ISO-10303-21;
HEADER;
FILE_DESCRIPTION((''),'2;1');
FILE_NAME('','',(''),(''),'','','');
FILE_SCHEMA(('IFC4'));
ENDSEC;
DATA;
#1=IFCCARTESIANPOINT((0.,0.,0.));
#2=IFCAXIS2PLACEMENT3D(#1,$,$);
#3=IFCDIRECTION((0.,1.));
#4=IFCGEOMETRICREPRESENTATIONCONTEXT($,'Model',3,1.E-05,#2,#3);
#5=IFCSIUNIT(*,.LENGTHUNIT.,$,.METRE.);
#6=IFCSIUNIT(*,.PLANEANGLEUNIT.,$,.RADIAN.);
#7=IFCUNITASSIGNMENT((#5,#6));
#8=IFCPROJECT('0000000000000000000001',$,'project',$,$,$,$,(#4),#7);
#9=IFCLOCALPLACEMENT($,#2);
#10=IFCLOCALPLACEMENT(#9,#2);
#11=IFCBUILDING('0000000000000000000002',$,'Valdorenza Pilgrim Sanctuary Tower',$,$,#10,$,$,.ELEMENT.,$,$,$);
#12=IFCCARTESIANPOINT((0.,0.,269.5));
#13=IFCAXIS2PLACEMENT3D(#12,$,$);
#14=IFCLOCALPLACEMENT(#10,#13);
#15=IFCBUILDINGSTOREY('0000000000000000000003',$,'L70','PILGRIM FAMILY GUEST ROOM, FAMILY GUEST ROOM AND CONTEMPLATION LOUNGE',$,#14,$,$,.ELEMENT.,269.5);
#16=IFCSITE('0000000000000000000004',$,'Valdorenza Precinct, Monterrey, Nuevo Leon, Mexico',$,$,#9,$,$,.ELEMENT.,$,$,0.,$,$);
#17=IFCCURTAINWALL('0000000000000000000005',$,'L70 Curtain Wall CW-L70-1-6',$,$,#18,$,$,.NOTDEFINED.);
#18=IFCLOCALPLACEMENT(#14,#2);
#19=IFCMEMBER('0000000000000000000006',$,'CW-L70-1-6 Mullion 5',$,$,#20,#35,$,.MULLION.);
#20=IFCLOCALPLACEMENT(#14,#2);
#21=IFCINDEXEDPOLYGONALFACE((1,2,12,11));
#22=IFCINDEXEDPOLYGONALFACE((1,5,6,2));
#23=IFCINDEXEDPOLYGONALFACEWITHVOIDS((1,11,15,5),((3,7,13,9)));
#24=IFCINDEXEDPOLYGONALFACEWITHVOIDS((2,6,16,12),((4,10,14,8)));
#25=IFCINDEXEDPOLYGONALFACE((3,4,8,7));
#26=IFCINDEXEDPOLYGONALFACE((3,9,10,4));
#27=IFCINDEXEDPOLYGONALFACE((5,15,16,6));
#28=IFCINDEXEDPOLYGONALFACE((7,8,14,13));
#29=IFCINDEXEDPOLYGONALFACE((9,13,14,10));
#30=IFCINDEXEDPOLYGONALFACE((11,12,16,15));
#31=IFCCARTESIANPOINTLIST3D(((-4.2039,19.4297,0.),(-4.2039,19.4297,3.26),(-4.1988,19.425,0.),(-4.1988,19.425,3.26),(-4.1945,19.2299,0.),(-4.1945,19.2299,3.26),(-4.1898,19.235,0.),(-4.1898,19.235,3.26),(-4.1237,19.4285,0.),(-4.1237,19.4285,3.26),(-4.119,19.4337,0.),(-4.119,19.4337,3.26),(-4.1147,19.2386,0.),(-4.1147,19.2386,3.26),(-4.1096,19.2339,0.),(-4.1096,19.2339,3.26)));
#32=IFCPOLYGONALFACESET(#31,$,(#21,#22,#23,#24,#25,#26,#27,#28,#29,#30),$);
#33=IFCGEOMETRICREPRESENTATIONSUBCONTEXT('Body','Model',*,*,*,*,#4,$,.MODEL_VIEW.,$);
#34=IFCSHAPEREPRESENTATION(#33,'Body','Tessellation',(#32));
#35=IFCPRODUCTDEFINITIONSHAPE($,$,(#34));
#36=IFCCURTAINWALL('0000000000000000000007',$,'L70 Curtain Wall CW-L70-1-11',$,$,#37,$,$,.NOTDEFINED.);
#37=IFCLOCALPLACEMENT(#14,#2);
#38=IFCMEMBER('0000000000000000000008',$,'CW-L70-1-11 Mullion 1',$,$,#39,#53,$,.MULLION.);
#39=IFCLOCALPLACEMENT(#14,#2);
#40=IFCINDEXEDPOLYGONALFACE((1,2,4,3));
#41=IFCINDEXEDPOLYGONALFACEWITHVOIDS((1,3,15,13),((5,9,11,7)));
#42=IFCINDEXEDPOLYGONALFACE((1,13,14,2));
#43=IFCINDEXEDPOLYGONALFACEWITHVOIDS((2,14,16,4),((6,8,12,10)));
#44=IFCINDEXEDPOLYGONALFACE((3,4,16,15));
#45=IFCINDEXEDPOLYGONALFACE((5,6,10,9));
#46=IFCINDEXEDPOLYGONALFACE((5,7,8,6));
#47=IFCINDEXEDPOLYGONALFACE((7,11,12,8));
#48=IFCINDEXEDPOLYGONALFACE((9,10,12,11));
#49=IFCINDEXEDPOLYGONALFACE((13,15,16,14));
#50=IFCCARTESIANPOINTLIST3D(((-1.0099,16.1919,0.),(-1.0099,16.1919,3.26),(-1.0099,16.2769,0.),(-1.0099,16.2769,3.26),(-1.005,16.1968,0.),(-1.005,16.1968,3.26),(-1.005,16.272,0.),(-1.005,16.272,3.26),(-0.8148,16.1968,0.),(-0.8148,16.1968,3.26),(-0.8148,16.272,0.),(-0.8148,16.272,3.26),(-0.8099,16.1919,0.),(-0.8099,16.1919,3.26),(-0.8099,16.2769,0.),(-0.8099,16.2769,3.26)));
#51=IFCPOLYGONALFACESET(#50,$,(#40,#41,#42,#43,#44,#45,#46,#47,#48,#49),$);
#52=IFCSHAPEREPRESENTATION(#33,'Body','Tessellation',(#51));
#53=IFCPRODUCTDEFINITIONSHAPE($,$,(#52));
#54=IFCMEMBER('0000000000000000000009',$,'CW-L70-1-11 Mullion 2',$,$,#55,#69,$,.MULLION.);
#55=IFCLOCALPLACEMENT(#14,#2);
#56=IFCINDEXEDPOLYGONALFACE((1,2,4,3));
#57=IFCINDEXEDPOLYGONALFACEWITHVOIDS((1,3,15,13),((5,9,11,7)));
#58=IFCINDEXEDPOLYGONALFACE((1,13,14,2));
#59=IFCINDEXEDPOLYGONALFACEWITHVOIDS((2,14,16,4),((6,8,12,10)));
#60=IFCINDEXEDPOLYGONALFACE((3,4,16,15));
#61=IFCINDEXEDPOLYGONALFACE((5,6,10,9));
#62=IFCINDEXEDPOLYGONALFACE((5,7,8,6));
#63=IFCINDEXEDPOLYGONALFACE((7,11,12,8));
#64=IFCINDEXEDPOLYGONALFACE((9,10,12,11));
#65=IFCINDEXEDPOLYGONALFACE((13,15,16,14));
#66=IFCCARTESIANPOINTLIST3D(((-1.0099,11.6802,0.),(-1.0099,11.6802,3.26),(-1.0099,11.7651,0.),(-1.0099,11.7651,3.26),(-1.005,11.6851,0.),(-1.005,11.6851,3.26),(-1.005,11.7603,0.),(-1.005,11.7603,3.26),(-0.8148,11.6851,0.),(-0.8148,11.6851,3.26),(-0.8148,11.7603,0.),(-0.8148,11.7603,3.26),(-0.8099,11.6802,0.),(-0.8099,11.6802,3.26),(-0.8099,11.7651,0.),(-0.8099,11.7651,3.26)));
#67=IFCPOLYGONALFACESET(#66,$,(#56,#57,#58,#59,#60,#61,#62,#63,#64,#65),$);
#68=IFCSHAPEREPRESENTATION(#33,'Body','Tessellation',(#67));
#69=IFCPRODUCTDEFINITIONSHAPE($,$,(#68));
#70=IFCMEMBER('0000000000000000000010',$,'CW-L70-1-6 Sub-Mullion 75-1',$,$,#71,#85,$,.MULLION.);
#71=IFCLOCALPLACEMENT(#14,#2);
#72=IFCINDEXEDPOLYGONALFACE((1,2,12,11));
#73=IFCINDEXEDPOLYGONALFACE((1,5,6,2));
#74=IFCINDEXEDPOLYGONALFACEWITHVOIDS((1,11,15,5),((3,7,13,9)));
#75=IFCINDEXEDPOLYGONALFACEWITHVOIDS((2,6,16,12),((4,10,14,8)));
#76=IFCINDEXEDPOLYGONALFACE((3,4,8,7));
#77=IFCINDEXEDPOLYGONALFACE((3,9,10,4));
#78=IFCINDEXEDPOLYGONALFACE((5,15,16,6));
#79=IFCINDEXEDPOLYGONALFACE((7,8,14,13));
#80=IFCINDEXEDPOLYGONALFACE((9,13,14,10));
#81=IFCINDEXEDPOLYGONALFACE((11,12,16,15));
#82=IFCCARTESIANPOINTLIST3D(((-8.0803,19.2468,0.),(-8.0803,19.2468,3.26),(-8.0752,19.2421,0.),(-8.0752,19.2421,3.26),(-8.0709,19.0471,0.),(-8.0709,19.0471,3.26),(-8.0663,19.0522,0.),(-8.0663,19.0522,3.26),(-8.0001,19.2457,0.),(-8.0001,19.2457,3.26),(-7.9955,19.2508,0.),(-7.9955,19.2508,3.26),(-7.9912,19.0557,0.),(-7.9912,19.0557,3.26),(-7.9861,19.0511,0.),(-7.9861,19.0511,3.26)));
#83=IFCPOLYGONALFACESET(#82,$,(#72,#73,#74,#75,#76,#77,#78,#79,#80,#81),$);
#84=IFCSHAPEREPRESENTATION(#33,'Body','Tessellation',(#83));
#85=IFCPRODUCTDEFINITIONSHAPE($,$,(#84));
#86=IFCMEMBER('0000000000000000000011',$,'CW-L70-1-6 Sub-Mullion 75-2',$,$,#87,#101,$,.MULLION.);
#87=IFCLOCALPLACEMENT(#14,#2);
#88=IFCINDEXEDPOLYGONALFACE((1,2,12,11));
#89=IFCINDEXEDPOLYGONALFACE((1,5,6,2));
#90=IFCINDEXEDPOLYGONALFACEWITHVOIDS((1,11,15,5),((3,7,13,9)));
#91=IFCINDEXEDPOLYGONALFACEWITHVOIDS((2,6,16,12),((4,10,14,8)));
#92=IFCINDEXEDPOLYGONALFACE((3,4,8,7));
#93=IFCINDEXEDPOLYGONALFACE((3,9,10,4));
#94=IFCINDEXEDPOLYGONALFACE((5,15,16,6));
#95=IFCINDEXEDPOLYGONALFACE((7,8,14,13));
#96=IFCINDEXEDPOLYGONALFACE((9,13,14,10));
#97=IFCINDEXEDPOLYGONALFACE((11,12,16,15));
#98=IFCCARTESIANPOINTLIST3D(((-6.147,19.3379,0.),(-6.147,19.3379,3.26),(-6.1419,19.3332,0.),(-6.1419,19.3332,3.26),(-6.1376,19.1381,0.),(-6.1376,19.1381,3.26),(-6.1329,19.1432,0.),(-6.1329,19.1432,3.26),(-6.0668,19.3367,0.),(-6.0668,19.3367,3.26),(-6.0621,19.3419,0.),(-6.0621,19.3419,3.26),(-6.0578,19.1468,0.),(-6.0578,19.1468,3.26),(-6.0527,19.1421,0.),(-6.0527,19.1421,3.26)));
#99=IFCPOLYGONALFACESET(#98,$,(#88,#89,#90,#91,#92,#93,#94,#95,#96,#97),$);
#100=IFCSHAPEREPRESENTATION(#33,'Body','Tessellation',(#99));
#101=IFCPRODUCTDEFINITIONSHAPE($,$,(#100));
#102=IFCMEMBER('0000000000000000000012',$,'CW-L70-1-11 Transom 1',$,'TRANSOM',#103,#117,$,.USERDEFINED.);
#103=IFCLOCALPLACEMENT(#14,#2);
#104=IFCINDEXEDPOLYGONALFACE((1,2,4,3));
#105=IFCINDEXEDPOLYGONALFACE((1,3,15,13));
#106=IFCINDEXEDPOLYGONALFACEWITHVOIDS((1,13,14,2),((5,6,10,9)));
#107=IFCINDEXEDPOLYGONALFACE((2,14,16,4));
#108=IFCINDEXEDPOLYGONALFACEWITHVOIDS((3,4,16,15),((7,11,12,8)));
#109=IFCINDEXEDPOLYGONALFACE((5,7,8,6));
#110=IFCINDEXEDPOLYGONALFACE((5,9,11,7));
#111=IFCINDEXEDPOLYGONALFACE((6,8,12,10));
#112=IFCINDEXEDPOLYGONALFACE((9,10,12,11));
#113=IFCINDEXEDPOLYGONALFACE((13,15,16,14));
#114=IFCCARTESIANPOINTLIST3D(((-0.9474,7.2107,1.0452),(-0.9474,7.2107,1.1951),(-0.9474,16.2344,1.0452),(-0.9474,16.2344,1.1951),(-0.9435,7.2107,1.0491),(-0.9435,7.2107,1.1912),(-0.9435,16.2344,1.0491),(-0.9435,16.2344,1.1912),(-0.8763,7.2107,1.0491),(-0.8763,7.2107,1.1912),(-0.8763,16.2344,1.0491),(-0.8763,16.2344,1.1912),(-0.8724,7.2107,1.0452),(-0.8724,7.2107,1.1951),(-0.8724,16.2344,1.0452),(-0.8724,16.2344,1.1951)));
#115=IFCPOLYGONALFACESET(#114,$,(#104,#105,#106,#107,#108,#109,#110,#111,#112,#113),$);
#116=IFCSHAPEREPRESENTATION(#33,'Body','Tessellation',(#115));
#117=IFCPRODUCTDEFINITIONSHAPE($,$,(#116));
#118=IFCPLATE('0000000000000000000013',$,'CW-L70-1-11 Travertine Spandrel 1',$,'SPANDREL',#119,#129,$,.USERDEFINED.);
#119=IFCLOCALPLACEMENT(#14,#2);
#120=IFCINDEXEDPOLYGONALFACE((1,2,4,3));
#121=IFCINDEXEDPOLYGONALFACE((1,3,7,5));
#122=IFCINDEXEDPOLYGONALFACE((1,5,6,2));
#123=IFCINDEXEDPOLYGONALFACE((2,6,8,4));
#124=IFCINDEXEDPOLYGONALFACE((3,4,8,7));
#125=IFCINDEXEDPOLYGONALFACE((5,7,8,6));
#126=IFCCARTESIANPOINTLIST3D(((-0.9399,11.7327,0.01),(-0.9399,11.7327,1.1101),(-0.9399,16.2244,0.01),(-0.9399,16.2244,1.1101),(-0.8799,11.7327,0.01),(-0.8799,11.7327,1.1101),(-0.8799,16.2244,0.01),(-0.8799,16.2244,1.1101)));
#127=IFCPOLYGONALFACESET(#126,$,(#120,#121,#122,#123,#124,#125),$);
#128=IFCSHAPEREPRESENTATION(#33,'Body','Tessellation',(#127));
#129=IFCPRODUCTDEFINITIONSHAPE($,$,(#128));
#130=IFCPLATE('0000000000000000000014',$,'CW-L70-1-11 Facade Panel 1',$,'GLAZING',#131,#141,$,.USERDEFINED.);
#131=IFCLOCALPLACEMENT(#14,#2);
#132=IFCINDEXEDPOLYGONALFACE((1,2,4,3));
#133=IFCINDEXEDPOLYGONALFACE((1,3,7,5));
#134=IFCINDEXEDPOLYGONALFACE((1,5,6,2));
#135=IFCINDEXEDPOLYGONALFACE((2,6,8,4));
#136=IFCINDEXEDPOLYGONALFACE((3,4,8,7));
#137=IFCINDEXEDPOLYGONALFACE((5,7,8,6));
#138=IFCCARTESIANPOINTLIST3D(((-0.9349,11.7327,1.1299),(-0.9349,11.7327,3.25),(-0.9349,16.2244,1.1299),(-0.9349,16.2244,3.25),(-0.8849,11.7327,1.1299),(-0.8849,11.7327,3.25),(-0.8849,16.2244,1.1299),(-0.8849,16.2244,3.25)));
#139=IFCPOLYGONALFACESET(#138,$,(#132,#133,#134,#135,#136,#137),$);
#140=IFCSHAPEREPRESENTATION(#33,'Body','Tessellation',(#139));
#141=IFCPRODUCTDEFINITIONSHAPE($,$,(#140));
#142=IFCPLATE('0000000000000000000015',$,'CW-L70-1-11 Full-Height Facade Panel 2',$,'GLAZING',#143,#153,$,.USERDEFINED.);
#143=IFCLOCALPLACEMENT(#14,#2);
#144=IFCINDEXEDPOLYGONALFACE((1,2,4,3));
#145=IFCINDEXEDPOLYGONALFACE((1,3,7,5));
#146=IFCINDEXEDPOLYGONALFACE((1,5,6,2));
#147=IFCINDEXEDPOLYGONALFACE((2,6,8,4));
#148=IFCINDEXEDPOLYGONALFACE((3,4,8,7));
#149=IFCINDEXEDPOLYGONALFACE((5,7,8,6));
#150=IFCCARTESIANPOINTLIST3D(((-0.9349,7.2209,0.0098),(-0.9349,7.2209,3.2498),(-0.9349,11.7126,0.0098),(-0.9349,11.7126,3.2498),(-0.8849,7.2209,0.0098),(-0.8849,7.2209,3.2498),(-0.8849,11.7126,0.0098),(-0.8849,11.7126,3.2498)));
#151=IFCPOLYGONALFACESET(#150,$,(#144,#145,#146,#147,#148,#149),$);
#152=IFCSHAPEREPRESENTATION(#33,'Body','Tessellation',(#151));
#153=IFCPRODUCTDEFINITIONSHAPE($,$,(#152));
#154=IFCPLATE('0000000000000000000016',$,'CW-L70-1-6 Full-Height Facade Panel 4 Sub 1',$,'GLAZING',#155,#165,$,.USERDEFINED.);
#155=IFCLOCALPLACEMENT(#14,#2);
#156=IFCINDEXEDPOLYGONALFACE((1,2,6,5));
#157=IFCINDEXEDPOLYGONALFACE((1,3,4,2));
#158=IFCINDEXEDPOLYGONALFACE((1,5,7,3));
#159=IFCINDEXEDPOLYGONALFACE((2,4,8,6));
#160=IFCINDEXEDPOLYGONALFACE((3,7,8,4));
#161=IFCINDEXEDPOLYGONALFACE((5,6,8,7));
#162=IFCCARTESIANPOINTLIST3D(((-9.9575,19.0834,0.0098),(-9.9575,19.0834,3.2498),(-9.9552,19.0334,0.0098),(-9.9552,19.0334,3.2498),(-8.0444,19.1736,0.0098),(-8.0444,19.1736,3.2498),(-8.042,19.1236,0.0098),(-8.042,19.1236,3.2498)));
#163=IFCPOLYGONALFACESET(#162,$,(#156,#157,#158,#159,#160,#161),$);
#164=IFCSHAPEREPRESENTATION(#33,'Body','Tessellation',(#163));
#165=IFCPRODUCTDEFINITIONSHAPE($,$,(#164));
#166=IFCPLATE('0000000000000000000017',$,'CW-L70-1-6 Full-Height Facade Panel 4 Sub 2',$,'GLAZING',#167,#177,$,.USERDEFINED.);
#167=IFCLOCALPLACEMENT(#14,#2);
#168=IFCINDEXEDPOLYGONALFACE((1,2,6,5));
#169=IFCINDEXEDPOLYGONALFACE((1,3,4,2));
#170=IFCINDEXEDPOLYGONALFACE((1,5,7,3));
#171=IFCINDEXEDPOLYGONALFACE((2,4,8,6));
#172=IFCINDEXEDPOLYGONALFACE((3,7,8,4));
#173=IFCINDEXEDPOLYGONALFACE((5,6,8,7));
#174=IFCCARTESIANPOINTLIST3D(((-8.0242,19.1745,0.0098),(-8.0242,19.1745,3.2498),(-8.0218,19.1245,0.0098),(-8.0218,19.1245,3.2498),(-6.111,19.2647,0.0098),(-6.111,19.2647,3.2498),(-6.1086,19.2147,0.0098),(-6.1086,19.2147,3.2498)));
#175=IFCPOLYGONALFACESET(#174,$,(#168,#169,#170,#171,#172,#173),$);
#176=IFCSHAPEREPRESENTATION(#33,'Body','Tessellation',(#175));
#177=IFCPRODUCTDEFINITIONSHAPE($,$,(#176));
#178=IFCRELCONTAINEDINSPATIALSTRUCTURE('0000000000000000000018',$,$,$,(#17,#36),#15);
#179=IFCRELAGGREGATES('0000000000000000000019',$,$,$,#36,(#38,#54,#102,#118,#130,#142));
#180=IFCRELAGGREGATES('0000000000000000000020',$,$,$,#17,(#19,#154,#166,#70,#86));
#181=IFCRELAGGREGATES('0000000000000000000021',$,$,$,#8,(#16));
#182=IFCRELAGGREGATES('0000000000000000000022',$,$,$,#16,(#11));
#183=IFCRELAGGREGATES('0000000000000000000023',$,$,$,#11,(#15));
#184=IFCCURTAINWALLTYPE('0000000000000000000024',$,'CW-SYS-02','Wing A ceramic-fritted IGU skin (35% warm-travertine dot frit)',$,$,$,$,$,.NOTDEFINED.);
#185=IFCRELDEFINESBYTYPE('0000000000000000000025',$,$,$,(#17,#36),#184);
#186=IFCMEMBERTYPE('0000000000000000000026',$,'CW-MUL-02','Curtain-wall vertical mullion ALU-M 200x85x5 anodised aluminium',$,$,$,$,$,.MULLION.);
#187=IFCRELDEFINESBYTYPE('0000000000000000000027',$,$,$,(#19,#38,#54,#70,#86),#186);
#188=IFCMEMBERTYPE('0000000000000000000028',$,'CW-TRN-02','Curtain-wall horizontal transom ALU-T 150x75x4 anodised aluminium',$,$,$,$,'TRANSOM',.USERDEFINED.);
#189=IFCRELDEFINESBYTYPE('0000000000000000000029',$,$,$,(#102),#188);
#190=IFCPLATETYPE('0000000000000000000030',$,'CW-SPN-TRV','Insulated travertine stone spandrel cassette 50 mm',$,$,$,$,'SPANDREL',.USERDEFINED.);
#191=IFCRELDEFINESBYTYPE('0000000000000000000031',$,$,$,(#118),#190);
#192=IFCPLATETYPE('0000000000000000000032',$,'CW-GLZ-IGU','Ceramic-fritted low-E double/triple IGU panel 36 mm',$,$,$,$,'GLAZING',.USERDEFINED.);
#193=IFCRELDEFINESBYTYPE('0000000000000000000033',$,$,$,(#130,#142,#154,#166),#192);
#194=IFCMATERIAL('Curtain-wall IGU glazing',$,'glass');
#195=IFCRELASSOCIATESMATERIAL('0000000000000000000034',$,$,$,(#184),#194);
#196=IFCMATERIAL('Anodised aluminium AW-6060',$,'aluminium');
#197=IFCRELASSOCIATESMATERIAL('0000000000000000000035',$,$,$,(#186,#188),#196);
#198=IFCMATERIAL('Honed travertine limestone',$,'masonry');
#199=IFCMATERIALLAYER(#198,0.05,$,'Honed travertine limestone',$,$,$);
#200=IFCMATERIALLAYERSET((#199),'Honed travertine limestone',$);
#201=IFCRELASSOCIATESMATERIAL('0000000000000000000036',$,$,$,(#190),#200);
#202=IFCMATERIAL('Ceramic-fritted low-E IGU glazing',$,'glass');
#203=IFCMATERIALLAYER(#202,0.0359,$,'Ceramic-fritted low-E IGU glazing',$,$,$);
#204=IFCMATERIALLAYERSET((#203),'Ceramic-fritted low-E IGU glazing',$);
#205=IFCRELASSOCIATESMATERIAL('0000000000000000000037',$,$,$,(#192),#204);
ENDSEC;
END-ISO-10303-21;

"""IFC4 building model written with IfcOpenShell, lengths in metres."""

from ifc_helpers import new_model, si_unit, direction, frame, origin, origin_2d, place, context, subcontext, project, spatial, rectangle, hollow_rectangle, extrude, source, transform, mapped, material, layer, layer_set, material_profile, profile_set, type_object, element, aggregate, save


model = new_model("IFC4")

# Units and contexts
model_context = context("Model", 3, precision=1e-05, world=origin(), true_north=direction((0.0, 1.0)))
body_context = subcontext(model_context, "Body", "Model", "MODEL_VIEW")
ifc_project = project(units=[si_unit("LENGTHUNIT", "METRE"), si_unit("PLANEANGLEUNIT", "RADIAN")], contexts=[model_context])

# Site, building, storey
site_placement = place(None, origin())
site = spatial("IfcSite", under=ifc_project, at=site_placement, Name="Valdorenza Precinct, Monterrey, Nuevo Leon, Mexico", CompositionType="ELEMENT", RefElevation=0.0)
building_placement = place(site_placement, origin())
building = spatial("IfcBuilding", under=site, at=building_placement, Name="Valdorenza Pilgrim Sanctuary Tower", CompositionType="ELEMENT")
storey_placement = place(building_placement, frame((0.0, 0.0, 269.5)))
storey = spatial("IfcBuildingStorey", under=building, at=storey_placement, Name="L70", Description="PILGRIM FAMILY GUEST ROOM, FAMILY GUEST ROOM AND CONTEMPLATION LOUNGE", CompositionType="ELEMENT", Elevation=269.5)

# Curtain wall, member
ifc_material_1 = material(Name="Curtain-wall IGU glazing", Category="glass")
curtain_wall_type = type_object("IfcCurtainWallType", Name="CW-SYS-02", Description="Wing A ceramic-fritted IGU skin (35% warm-travertine dot frit)", PredefinedType="NOTDEFINED", material=ifc_material_1)
curtain_wall_1_placement = place(storey_placement, origin())
curtain_wall_1 = element("IfcCurtainWall", 1, at=curtain_wall_1_placement, inside=storey, type_object=curtain_wall_type, Name="L70 Curtain Wall CW-L70-1-6", PredefinedType="NOTDEFINED")
ifc_material_2 = material(Name="Anodised aluminium AW-6060", Category="aluminium")
ifc_material_profile_1 = material_profile(ifc_material_2, hollow_rectangle(XDim=0.085, YDim=0.2, WallThickness=0.0049, at=origin_2d()), Name="ALU-M 200x85x5")
ifc_profile_set_1 = profile_set([ifc_material_profile_1], Name="Anodised aluminium AW-6060")
member_type_1 = type_object("IfcMemberType", Name="CW-MUL-02", Description="Curtain-wall vertical mullion ALU-M 200x85x5 anodised aluminium", PredefinedType="MULLION", material=ifc_profile_set_1)
shared_shape_1 = source(origin(), body_context, "Body", "SweptSolid", [
    extrude(hollow_rectangle(XDim=0.085, YDim=0.2, WallThickness=0.0049, at=origin_2d()), origin(), (0.0, 0.0, 1.0), 3.26),
])
member_1_placement = place(storey_placement, frame((-4.1567, 19.3318, 0.0), z_axis=(0.0, 0.0, 1.0), x_axis=(0.998891, 0.047089, 0.0)))
member_1 = element("IfcMember", 2, at=member_1_placement, type_object=member_type_1, Name="CW-L70-1-6 Mullion 5", PredefinedType="MULLION", context=body_context, shape_type="MappedRepresentation", body=[
    mapped(shared_shape_1, transform((0.0, 0.0, 0.0), x_axis=(1.0, 0.0, 0.0), y_axis=(0.0, 1.0, 0.0), z_axis=(0.0, 0.0, 1.0), scale=1.0)),
])

# Curtain wall, members
curtain_wall_2_placement = place(storey_placement, origin())
curtain_wall_2 = element("IfcCurtainWall", 3, at=curtain_wall_2_placement, inside=storey, type_object=curtain_wall_type, Name="L70 Curtain Wall CW-L70-1-11", PredefinedType="NOTDEFINED")
member_2_placement = place(storey_placement, frame((-0.9099, 16.2344, 0.0), z_axis=(0.0, 0.0, 1.0), x_axis=(0.0, -1.0, 0.0)))
member_2 = element("IfcMember", 4, at=member_2_placement, type_object=member_type_1, Name="CW-L70-1-11 Mullion 1", PredefinedType="MULLION", context=body_context, shape_type="MappedRepresentation", body=[
    mapped(shared_shape_1, transform((0.0, 0.0, 0.0), x_axis=(1.0, 0.0, 0.0), y_axis=(0.0, 1.0, 0.0), z_axis=(0.0, 0.0, 1.0), scale=1.0)),
])
member_3_placement = place(storey_placement, frame((-0.9099, 11.7227, 0.0), z_axis=(0.0, 0.0, 1.0), x_axis=(0.0, -1.0, 0.0)))
member_3 = element("IfcMember", 5, at=member_3_placement, type_object=member_type_1, Name="CW-L70-1-11 Mullion 2", PredefinedType="MULLION", context=body_context, shape_type="MappedRepresentation", body=[
    mapped(shared_shape_1, transform((0.0, 0.0, 0.0), x_axis=(1.0, 0.0, 0.0), y_axis=(0.0, 1.0, 0.0), z_axis=(0.0, 0.0, 1.0), scale=1.0)),
])

# Members
member_4_placement = place(storey_placement, frame((-8.0332, 19.1489, 0.0), z_axis=(0.0, 0.0, 1.0), x_axis=(0.998891, 0.047089, 0.0)))
member_4 = element("IfcMember", 6, at=member_4_placement, type_object=member_type_1, Name="CW-L70-1-6 Sub-Mullion 75-1", PredefinedType="MULLION", context=body_context, shape_type="MappedRepresentation", body=[
    mapped(shared_shape_1, transform((0.0, 0.0, 0.0), x_axis=(1.0, 0.0, 0.0), y_axis=(0.0, 1.0, 0.0), z_axis=(0.0, 0.0, 1.0), scale=1.0)),
])
member_5_placement = place(storey_placement, frame((-6.0999, 19.24, 0.0), z_axis=(0.0, 0.0, 1.0), x_axis=(0.998891, 0.047089, 0.0)))
member_5 = element("IfcMember", 7, at=member_5_placement, type_object=member_type_1, Name="CW-L70-1-6 Sub-Mullion 75-2", PredefinedType="MULLION", context=body_context, shape_type="MappedRepresentation", body=[
    mapped(shared_shape_1, transform((0.0, 0.0, 0.0), x_axis=(1.0, 0.0, 0.0), y_axis=(0.0, 1.0, 0.0), z_axis=(0.0, 0.0, 1.0), scale=1.0)),
])
ifc_material_profile_2 = material_profile(ifc_material_2, hollow_rectangle(XDim=0.075, YDim=0.1499, WallThickness=0.0039, at=origin_2d()), Name="ALU-T 150x75x4")
ifc_profile_set_2 = profile_set([ifc_material_profile_2], Name="Anodised aluminium AW-6060")
member_type_2 = type_object("IfcMemberType", Name="CW-TRN-02", Description="Curtain-wall horizontal transom ALU-T 150x75x4 anodised aluminium", ElementType="TRANSOM", PredefinedType="USERDEFINED", material=ifc_profile_set_2)
shared_shape_2 = source(origin(), body_context, "Body", "SweptSolid", [
    extrude(hollow_rectangle(XDim=0.075, YDim=0.1499, WallThickness=0.0039, at=origin_2d()), origin(), (0.0, 0.0, 1.0), 9.0237),
])
member_6_placement = place(storey_placement, frame((-0.9099, 16.2344, 1.1201), z_axis=(0.0, -1.0, 0.0), x_axis=(1.0, 0.0, 0.0)))
member_6 = element("IfcMember", 8, at=member_6_placement, type_object=member_type_2, Name="CW-L70-1-11 Transom 1", ObjectType="TRANSOM", PredefinedType="USERDEFINED", context=body_context, shape_type="MappedRepresentation", body=[
    mapped(shared_shape_2, transform((0.0, 0.0, 0.0), x_axis=(1.0, 0.0, 0.0), y_axis=(0.0, 1.0, 0.0), z_axis=(0.0, 0.0, 1.0), scale=1.0)),
])

# Plates
ifc_material_3 = material(Name="Honed travertine limestone", Category="masonry")
ifc_layer_1 = layer(ifc_material_3, 0.05, Name="Honed travertine limestone")
ifc_layer_set_1 = layer_set([ifc_layer_1], Name="Honed travertine limestone")
plate_type_1 = type_object("IfcPlateType", Name="CW-SPN-TRV", Description="Insulated travertine stone spandrel cassette 50 mm", ElementType="SPANDREL", PredefinedType="USERDEFINED", material=ifc_layer_set_1)
shared_shape_3 = source(origin(), body_context, "Body", "SweptSolid", [
    extrude(rectangle(XDim=4.4917, YDim=0.0601, at=origin_2d()), origin(), (0.0, 0.0, 1.0), 1.1001),
])
plate_1_placement = place(storey_placement, frame((-0.9099, 13.9785, 0.01), z_axis=(0.0, 0.0, 1.0), x_axis=(0.0, -1.0, 0.0)))
plate_1 = element("IfcPlate", 9, at=plate_1_placement, type_object=plate_type_1, Name="CW-L70-1-11 Travertine Spandrel 1", ObjectType="SPANDREL", PredefinedType="USERDEFINED", context=body_context, shape_type="MappedRepresentation", body=[
    mapped(shared_shape_3, transform((0.0, 0.0, 0.0), x_axis=(1.0, 0.0, 0.0), y_axis=(0.0, 1.0, 0.0), z_axis=(0.0, 0.0, 1.0), scale=1.0)),
])
ifc_material_4 = material(Name="Ceramic-fritted low-E IGU glazing", Category="glass")
ifc_layer_2 = layer(ifc_material_4, 0.0359, Name="Ceramic-fritted low-E IGU glazing")
ifc_layer_set_2 = layer_set([ifc_layer_2], Name="Ceramic-fritted low-E IGU glazing")
plate_type_2 = type_object("IfcPlateType", Name="CW-GLZ-IGU", Description="Ceramic-fritted low-E double/triple IGU panel 36 mm", ElementType="GLAZING", PredefinedType="USERDEFINED", material=ifc_layer_set_2)
shared_shape_4 = source(origin(), body_context, "Body", "SweptSolid", [
    extrude(rectangle(XDim=4.4917, YDim=0.05, at=origin_2d()), origin(), (0.0, 0.0, 1.0), 2.1201),
])
plate_2_placement = place(storey_placement, frame((-0.9099, 13.9785, 1.1299), z_axis=(0.0, 0.0, 1.0), x_axis=(0.0, -1.0, 0.0)))
plate_2 = element("IfcPlate", 10, at=plate_2_placement, type_object=plate_type_2, Name="CW-L70-1-11 Facade Panel 1", ObjectType="GLAZING", PredefinedType="USERDEFINED", context=body_context, shape_type="MappedRepresentation", body=[
    mapped(shared_shape_4, transform((0.0, 0.0, 0.0), x_axis=(1.0, 0.0, 0.0), y_axis=(0.0, 1.0, 0.0), z_axis=(0.0, 0.0, 1.0), scale=1.0)),
])
shared_shape_5 = source(origin(), body_context, "Body", "SweptSolid", [
    extrude(rectangle(XDim=4.4917, YDim=0.05, at=origin_2d()), origin(), (0.0, 0.0, 1.0), 3.24),
])
plate_3_placement = place(storey_placement, frame((-0.9099, 9.4668, 0.0098), z_axis=(0.0, 0.0, 1.0), x_axis=(0.0, -1.0, 0.0)))
plate_3 = element("IfcPlate", 11, at=plate_3_placement, type_object=plate_type_2, Name="CW-L70-1-11 Full-Height Facade Panel 2", ObjectType="GLAZING", PredefinedType="USERDEFINED", context=body_context, shape_type="MappedRepresentation", body=[
    mapped(shared_shape_5, transform((0.0, 0.0, 0.0), x_axis=(1.0, 0.0, 0.0), y_axis=(0.0, 1.0, 0.0), z_axis=(0.0, 0.0, 1.0), scale=1.0)),
])
aggregate(curtain_wall_2, [member_2, member_3, member_6, plate_1, plate_2, plate_3])
shared_shape_6 = source(origin(), body_context, "Body", "SweptSolid", [
    extrude(rectangle(XDim=1.9153, YDim=0.05, at=origin_2d()), origin(), (0.0, 0.0, 1.0), 3.24),
])
plate_4_placement = place(storey_placement, frame((-8.9998, 19.1035, 0.0098), z_axis=(0.0, 0.0, 1.0), x_axis=(0.998891, 0.047089, 0.0)))
plate_4 = element("IfcPlate", 12, at=plate_4_placement, type_object=plate_type_2, Name="CW-L70-1-6 Full-Height Facade Panel 4 Sub 1", ObjectType="GLAZING", PredefinedType="USERDEFINED", context=body_context, shape_type="MappedRepresentation", body=[
    mapped(shared_shape_6, transform((0.0, 0.0, 0.0), x_axis=(1.0, 0.0, 0.0), y_axis=(0.0, 1.0, 0.0), z_axis=(0.0, 0.0, 1.0), scale=1.0)),
])
plate_5_placement = place(storey_placement, frame((-7.0664, 19.1946, 0.0098), z_axis=(0.0, 0.0, 1.0), x_axis=(0.998891, 0.047089, 0.0)))
plate_5 = element("IfcPlate", 13, at=plate_5_placement, type_object=plate_type_2, Name="CW-L70-1-6 Full-Height Facade Panel 4 Sub 2", ObjectType="GLAZING", PredefinedType="USERDEFINED", context=body_context, shape_type="MappedRepresentation", body=[
    mapped(shared_shape_6, transform((0.0, 0.0, 0.0), x_axis=(1.0, 0.0, 0.0), y_axis=(0.0, 1.0, 0.0), z_axis=(0.0, 0.0, 1.0), scale=1.0)),
])
aggregate(curtain_wall_1, [member_1, plate_4, plate_5, member_4, member_5])

save(model, "model.ifc")
